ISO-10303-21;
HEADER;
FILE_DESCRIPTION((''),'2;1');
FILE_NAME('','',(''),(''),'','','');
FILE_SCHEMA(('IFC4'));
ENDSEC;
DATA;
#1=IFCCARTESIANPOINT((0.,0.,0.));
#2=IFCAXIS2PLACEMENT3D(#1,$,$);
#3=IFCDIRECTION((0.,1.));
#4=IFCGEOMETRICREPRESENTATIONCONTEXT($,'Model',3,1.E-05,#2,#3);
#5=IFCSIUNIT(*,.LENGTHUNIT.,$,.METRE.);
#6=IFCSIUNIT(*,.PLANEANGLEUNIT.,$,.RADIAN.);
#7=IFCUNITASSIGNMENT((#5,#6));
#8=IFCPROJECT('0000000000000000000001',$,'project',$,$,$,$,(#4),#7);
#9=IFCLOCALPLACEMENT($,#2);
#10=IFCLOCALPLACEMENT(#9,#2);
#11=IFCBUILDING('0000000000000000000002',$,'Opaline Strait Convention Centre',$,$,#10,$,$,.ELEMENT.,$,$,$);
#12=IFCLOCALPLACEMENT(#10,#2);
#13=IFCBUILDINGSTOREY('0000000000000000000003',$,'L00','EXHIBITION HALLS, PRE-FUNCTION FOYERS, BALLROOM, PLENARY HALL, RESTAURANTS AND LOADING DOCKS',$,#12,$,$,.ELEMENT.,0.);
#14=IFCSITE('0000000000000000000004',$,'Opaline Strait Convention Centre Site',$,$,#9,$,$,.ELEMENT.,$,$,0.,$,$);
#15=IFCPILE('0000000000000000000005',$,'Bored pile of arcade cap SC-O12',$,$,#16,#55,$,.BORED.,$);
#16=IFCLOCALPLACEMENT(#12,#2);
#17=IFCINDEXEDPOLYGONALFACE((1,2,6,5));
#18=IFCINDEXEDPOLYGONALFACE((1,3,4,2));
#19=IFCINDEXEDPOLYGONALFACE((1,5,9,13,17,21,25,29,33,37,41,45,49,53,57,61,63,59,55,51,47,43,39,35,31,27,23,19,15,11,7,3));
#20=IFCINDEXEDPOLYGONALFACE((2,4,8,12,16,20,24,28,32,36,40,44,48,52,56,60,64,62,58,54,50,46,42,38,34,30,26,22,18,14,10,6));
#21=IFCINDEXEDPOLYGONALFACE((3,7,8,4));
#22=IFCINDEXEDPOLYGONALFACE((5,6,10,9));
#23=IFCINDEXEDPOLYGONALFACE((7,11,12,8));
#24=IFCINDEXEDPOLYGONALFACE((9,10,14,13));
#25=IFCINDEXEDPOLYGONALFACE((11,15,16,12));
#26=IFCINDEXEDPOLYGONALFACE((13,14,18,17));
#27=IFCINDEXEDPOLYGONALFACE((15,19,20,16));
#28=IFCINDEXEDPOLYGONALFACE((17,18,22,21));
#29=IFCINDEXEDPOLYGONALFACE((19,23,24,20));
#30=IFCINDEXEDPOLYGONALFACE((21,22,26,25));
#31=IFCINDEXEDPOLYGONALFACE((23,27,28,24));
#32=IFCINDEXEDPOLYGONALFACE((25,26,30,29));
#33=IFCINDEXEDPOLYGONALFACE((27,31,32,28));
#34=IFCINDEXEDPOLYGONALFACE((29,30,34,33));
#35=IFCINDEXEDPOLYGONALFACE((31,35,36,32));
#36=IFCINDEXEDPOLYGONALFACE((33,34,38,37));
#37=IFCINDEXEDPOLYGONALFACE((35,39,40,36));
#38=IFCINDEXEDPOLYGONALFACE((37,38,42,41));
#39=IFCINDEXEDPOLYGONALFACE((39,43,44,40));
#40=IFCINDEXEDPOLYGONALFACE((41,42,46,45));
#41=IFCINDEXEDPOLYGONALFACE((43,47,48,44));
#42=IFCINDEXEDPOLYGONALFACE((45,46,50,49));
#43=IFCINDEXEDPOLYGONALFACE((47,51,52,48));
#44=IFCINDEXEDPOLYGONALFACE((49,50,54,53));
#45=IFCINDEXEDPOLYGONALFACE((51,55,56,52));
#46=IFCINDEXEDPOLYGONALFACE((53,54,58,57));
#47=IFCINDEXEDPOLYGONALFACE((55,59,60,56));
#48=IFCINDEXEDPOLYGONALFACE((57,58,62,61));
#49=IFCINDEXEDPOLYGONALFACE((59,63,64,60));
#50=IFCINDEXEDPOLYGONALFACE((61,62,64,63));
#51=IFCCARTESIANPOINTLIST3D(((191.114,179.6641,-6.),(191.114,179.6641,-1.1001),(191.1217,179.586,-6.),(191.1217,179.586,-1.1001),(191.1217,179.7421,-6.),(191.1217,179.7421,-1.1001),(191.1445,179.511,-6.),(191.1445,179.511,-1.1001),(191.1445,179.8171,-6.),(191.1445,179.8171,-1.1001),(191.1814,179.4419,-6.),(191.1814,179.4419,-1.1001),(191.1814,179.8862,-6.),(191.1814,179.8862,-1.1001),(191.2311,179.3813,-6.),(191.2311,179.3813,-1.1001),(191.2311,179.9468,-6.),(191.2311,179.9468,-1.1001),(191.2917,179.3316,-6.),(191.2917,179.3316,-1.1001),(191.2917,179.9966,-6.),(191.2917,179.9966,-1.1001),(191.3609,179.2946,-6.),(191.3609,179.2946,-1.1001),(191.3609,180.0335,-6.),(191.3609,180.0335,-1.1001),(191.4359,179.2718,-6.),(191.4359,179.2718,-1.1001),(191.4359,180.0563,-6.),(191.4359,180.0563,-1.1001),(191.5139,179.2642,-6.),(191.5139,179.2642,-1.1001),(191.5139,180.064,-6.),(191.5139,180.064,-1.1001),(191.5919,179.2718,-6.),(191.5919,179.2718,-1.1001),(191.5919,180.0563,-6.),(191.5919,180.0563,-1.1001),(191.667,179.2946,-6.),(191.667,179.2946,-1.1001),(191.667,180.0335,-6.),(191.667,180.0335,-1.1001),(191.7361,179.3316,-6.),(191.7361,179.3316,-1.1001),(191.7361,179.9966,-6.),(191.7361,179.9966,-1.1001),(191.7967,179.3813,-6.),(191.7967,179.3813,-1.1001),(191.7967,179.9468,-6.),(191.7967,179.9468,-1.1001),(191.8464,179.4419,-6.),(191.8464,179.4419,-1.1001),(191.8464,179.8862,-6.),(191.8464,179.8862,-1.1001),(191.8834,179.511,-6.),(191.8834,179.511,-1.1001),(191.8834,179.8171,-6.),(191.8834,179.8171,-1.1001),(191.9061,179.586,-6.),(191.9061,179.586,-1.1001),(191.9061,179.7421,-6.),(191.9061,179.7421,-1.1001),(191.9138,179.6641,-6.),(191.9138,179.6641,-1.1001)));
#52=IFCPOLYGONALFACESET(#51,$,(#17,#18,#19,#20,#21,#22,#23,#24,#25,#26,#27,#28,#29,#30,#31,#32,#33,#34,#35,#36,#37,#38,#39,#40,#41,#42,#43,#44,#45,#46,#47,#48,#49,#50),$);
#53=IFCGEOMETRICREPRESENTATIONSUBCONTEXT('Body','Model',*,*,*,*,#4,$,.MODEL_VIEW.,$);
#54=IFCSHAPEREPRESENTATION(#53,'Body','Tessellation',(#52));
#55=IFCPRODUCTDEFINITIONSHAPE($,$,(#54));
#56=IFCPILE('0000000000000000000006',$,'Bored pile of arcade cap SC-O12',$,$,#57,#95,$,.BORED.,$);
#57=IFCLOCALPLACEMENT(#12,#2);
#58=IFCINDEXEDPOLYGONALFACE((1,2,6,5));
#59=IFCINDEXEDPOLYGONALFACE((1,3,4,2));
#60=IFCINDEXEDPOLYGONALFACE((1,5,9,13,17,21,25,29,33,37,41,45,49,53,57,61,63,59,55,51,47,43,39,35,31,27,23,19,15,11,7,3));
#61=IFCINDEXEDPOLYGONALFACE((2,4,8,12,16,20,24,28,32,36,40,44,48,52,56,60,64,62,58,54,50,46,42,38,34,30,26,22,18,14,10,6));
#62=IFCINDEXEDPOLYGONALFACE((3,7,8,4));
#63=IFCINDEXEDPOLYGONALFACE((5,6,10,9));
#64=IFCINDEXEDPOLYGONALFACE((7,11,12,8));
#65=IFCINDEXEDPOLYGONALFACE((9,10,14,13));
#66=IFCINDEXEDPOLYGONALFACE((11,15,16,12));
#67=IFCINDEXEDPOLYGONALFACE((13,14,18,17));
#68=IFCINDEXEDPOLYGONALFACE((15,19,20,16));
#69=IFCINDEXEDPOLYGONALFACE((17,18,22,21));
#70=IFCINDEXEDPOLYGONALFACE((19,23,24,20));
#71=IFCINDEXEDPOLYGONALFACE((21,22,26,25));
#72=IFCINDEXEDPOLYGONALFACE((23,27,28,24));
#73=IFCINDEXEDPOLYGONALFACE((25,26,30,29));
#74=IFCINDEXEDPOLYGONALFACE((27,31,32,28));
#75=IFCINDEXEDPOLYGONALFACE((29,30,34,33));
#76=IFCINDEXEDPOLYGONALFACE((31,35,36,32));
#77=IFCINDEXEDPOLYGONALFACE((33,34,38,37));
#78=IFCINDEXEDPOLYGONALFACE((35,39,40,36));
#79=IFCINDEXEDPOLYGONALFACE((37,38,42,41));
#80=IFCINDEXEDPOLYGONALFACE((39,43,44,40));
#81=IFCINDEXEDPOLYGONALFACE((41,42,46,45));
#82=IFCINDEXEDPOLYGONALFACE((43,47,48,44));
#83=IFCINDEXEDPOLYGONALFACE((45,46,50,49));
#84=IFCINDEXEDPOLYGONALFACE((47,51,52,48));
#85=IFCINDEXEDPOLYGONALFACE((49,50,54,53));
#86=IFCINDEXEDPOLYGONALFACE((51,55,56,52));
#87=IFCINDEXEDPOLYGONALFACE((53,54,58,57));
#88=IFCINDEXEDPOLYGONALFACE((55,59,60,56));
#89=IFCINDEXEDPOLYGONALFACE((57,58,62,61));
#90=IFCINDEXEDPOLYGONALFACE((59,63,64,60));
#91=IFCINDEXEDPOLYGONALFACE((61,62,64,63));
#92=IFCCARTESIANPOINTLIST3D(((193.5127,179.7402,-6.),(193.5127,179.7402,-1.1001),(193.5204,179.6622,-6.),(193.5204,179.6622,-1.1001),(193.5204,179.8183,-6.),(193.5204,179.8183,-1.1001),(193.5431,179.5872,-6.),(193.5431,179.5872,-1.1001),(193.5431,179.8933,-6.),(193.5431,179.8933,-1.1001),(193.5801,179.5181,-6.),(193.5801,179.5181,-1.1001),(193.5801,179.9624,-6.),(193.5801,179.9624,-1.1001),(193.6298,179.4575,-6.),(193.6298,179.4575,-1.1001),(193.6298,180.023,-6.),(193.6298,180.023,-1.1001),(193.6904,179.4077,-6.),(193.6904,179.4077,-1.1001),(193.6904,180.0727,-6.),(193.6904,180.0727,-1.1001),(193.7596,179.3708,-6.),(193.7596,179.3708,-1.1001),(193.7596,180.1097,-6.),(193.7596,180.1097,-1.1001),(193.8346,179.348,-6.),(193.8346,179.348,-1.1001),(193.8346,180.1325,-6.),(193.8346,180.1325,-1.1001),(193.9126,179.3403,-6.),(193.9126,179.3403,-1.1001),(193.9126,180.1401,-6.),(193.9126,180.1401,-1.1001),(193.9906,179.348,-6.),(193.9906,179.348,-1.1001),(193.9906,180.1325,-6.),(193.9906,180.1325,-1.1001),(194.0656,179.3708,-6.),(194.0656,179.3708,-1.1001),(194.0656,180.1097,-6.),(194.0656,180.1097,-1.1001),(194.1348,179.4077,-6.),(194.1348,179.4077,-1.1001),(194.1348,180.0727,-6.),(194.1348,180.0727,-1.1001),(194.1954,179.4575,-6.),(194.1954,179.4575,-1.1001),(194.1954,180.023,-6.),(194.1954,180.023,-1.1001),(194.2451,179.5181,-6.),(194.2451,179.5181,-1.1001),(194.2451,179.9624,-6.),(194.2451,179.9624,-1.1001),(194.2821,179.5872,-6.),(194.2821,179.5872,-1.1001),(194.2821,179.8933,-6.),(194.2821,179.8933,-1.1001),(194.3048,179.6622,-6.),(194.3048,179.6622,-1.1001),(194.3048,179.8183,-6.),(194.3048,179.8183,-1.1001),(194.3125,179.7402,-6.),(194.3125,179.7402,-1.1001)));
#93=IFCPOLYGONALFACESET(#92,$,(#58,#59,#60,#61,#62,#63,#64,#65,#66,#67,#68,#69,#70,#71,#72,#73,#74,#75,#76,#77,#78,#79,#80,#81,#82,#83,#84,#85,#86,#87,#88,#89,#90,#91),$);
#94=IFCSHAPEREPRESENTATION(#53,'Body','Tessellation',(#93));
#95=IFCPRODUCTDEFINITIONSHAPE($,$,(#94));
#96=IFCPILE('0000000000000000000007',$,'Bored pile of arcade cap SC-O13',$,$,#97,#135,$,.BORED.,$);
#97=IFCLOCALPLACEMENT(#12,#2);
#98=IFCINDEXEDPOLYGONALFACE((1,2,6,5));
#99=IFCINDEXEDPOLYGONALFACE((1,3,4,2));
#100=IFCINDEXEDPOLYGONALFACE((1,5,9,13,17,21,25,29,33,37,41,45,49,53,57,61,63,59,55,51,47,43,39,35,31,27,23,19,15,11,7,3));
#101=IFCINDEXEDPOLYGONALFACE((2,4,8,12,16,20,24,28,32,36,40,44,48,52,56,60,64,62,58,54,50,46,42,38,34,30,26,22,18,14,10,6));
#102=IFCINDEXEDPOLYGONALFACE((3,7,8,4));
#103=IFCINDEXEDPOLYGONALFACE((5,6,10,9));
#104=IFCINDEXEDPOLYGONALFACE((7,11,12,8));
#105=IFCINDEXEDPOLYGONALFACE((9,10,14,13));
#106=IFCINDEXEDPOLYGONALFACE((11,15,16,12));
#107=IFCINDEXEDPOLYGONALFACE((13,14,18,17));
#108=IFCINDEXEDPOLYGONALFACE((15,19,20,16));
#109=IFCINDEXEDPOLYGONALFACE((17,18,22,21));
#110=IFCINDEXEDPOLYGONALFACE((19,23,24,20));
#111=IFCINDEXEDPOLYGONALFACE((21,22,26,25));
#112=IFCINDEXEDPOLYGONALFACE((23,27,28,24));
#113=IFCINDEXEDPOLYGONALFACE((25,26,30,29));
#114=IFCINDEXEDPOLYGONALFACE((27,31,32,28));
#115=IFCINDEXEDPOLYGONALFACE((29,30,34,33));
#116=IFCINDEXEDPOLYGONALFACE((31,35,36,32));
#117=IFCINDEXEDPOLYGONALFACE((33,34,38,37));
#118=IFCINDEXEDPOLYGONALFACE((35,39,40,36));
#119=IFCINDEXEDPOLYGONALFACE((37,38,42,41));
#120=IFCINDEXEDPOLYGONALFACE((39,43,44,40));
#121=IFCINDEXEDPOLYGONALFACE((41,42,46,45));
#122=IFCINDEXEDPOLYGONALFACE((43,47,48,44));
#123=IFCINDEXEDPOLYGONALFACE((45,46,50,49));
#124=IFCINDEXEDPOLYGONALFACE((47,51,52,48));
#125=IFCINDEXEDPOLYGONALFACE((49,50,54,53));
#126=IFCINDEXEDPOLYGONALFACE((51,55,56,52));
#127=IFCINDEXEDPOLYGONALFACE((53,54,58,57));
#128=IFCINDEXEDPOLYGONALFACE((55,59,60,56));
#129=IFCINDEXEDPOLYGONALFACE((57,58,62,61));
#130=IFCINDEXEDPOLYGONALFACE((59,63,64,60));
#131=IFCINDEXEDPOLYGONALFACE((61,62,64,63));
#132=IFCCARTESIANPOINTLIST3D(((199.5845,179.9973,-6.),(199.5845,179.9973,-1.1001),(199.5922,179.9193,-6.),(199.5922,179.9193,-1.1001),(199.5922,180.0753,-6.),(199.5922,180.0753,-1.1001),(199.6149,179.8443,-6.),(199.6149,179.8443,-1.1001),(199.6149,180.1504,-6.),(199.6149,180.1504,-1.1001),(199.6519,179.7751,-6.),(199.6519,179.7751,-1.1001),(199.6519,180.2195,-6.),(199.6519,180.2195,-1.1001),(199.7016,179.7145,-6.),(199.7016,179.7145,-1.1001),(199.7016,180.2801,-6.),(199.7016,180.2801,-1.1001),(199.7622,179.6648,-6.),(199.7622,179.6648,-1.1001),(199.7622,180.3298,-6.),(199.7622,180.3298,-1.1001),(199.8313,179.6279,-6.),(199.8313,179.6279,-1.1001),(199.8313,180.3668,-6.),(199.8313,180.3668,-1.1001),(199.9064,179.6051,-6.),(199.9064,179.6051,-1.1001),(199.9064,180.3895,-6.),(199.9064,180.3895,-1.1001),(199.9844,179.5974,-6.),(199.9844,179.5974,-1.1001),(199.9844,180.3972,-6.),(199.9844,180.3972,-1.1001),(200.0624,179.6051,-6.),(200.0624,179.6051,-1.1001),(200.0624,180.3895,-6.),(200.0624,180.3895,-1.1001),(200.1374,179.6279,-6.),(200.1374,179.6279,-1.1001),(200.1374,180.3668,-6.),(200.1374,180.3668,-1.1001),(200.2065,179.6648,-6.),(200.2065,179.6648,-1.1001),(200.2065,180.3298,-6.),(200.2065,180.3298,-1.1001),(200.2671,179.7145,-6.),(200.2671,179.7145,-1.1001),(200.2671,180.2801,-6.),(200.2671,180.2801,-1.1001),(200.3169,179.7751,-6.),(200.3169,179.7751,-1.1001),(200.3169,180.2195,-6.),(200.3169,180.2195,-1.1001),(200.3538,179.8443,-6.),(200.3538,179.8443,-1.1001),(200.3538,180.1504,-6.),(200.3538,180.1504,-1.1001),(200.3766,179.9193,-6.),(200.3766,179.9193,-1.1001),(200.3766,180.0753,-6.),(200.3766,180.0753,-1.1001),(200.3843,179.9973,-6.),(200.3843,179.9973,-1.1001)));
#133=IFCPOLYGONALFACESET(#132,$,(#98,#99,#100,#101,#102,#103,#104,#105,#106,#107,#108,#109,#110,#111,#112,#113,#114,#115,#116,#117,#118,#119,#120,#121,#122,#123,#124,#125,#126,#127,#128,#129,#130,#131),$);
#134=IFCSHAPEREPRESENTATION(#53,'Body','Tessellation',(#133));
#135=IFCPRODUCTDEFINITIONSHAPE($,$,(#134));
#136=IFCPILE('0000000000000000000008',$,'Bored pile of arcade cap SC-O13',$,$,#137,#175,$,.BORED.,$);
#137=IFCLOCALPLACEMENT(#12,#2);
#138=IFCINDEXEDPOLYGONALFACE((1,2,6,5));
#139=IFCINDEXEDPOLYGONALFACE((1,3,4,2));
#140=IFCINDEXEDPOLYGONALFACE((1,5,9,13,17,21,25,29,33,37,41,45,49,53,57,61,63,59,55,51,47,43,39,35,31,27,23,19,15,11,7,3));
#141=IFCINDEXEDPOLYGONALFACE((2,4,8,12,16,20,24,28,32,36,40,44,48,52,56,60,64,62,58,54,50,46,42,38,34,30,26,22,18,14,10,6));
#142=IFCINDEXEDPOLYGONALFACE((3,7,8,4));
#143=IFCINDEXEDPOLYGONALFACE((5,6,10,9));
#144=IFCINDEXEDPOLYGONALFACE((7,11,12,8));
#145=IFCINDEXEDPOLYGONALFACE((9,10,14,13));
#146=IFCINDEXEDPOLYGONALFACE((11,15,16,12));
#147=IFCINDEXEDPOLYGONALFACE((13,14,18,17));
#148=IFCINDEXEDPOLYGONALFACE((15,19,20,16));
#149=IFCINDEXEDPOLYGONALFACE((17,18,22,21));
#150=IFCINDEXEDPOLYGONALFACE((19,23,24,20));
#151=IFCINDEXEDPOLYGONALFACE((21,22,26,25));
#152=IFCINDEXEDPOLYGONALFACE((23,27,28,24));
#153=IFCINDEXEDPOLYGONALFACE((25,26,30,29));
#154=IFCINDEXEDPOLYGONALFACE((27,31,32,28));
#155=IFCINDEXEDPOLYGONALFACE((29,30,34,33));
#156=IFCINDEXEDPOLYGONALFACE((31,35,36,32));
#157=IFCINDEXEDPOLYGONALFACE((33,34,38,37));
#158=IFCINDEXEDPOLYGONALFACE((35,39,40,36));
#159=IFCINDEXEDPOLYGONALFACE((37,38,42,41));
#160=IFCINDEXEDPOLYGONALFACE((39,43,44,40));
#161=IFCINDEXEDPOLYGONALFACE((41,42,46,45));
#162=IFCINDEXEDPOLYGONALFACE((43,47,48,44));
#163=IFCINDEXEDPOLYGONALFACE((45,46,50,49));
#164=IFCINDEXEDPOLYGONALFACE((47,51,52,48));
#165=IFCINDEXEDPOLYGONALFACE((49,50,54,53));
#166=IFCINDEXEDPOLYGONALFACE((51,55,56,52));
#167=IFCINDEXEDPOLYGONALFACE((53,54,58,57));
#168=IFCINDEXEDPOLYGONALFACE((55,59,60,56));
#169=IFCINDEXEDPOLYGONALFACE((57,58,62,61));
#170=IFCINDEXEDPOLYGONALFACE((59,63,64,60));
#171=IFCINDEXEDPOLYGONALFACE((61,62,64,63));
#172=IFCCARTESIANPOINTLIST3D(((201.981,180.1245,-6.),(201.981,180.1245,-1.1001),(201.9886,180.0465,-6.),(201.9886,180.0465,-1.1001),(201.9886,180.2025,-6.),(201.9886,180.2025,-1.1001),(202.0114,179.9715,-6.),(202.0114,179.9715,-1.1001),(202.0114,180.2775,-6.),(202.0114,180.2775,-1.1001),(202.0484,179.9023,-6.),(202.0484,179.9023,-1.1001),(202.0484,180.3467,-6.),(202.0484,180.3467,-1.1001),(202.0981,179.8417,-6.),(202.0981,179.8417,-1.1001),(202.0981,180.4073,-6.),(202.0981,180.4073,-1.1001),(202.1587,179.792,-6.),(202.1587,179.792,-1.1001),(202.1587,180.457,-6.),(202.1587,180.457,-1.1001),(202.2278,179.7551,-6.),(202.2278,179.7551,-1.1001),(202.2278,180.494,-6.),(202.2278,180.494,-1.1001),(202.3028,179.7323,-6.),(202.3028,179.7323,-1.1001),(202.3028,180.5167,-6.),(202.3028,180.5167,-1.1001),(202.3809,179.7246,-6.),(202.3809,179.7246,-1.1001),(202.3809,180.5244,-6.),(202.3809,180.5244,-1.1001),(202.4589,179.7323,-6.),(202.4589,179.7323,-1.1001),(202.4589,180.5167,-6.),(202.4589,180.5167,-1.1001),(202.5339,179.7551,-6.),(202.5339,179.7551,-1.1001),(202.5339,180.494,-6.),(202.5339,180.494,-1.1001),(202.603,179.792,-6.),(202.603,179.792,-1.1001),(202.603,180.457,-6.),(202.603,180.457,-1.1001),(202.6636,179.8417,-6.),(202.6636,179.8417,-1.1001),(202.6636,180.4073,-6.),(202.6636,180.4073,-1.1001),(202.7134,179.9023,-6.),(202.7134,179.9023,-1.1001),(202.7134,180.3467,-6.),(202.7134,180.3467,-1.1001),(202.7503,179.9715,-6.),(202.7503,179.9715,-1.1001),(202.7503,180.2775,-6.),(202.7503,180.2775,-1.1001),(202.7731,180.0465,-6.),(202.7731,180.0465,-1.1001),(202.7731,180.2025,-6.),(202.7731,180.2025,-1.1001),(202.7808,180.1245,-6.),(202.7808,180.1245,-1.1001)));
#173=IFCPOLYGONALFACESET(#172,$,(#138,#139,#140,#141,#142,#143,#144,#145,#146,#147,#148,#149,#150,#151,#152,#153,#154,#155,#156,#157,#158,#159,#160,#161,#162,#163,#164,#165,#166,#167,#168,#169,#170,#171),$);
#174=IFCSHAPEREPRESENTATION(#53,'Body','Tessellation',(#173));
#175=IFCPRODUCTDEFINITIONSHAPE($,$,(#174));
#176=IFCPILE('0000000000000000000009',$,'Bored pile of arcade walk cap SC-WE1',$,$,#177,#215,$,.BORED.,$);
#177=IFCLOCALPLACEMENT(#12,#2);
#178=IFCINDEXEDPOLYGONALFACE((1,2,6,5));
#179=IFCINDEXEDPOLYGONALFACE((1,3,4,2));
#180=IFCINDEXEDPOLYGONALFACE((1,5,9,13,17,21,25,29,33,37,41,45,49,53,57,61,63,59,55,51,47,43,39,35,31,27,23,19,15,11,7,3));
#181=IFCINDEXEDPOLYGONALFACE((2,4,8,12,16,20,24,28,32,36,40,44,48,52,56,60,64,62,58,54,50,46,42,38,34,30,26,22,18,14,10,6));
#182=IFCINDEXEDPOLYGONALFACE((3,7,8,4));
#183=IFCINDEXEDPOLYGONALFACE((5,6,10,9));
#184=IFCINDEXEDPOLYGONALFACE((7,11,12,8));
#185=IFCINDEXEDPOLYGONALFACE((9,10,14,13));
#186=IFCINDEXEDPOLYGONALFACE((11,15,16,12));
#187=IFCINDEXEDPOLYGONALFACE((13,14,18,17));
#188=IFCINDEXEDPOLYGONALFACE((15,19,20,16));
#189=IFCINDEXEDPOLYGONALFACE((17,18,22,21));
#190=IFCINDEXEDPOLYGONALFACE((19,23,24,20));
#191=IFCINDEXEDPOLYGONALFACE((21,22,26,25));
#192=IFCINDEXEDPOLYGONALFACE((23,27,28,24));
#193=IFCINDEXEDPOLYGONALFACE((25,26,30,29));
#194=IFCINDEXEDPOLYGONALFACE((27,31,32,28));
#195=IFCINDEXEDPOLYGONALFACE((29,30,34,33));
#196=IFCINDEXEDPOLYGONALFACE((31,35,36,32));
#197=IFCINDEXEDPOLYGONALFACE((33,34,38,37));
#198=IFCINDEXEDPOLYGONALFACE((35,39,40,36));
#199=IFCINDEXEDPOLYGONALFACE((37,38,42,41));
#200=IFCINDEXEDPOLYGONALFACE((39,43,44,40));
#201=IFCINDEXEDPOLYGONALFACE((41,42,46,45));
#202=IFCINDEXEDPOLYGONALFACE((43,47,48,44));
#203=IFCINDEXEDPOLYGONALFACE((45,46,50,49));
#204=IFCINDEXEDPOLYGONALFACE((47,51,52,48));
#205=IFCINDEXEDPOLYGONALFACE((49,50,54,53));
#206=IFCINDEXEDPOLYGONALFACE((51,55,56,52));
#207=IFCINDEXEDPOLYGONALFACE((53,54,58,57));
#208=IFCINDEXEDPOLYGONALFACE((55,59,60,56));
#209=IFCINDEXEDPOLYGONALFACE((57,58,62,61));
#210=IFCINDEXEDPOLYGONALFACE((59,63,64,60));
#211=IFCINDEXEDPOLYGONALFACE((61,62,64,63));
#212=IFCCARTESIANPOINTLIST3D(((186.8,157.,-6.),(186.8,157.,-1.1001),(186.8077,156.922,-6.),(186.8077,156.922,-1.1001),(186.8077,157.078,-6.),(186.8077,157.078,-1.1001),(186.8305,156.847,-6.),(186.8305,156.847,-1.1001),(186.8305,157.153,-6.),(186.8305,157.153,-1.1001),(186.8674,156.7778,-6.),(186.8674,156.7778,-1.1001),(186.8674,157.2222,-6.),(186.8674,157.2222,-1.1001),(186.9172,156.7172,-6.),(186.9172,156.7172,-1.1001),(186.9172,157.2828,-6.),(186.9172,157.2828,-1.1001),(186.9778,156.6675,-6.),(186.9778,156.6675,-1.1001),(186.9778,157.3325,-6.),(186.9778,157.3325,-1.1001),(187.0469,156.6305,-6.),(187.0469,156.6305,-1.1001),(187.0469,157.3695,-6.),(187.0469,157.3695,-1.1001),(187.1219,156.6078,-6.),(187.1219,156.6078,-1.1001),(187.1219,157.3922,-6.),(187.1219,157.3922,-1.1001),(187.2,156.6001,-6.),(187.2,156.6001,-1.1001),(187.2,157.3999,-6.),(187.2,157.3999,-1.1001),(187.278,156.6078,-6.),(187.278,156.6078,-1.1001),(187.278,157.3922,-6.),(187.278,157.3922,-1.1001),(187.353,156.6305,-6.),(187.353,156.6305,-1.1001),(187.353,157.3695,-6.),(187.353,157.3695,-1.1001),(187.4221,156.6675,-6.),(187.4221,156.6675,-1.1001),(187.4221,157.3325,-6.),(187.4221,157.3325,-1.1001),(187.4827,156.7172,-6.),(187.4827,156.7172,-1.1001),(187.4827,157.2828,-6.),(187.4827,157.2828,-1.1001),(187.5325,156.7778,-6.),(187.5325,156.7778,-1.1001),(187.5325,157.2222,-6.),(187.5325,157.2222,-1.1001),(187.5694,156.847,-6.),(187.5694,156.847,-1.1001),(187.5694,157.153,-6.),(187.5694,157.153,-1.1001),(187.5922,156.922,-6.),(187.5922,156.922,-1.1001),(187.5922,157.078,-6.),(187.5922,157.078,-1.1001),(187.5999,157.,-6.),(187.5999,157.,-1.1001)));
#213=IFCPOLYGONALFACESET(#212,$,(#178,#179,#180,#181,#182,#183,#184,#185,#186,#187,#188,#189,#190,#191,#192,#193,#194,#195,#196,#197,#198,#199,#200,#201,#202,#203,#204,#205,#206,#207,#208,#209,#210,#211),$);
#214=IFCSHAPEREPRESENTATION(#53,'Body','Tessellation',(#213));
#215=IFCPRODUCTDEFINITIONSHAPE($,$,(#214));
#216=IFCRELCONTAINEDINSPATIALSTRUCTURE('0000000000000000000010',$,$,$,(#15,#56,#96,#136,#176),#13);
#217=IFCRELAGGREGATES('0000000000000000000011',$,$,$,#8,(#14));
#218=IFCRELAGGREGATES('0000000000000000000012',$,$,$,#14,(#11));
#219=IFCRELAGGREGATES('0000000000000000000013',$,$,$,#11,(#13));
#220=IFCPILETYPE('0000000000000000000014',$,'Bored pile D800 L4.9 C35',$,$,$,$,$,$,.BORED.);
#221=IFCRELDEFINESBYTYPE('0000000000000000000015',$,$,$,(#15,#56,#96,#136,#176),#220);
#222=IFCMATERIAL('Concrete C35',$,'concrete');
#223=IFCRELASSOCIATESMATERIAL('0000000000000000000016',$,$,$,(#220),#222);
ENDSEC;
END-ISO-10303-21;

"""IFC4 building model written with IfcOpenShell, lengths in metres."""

from ifc_helpers import new_model, si_unit, direction, frame, origin, origin_2d, place, context, subcontext, project, spatial, circle, extrude, material, material_profile, profile_set, type_object, element, save


model = new_model("IFC4")

# Units and contexts
model_context = context("Model", 3, precision=1e-05, world=origin(), true_north=direction((0.0, 1.0)))
body_context = subcontext(model_context, "Body", "Model", "MODEL_VIEW")
ifc_project = project(units=[si_unit("LENGTHUNIT", "METRE"), si_unit("PLANEANGLEUNIT", "RADIAN")], contexts=[model_context])

# Site, building, storey
site_placement = place(None, origin())
site = spatial("IfcSite", under=ifc_project, at=site_placement, Name="Opaline Strait Convention Centre Site", CompositionType="ELEMENT", RefElevation=0.0)
building_placement = place(site_placement, origin())
building = spatial("IfcBuilding", under=site, at=building_placement, Name="Opaline Strait Convention Centre", CompositionType="ELEMENT")
storey_placement = place(building_placement, origin())
storey = spatial("IfcBuildingStorey", under=building, at=storey_placement, Name="L00", Description="EXHIBITION HALLS, PRE-FUNCTION FOYERS, BALLROOM, PLENARY HALL, RESTAURANTS AND LOADING DOCKS", CompositionType="ELEMENT", Elevation=0.0)

# Piles
ifc_material_1 = material(Name="Concrete C35", Category="concrete")
ifc_material_profile_1 = material_profile(ifc_material_1, circle(Radius=0.3999, at=origin_2d()), Name="D800")
ifc_profile_set_1 = profile_set([ifc_material_profile_1], Name="Concrete C35")
pile_type = type_object("IfcPileType", Name="Bored pile D800 L4.9 C35", PredefinedType="BORED", material=ifc_profile_set_1)
for number, where, z_axis, x_axis, name in (
    (1, (191.5139, 179.6641, -1.1001), (0.0, 0.0, -1.0), (1.0, 0.0, 0.0), "Bored pile of arcade cap SC-O12"),
    (2, (193.9126, 179.7402, -1.1001), (0.0, 0.0, -1.0), (1.0, 0.0, 0.0), "Bored pile of arcade cap SC-O12"),
    (3, (199.9844, 179.9973, -1.1001), (0.0, 0.0, -1.0), (1.0, 0.0, 0.0), "Bored pile of arcade cap SC-O13"),
    (4, (202.3809, 180.1245, -1.1001), (0.0, 0.0, -1.0), (1.0, 0.0, 0.0), "Bored pile of arcade cap SC-O13"),
    (5, (187.2, 157.0, -1.1001), (0.0, 0.0, -1.0), (1.0, 0.0, 0.0), "Bored pile of arcade walk cap SC-WE1"),
):
    element("IfcPile", number, at=place(storey_placement, frame(where, z_axis=z_axis, x_axis=x_axis)), inside=storey, type_object=pile_type, Name=name, PredefinedType="BORED", context=body_context, shape_type="SweptSolid", body=[
        extrude(circle(Radius=0.3999, at=origin_2d()), origin(), (0.0, 0.0, 1.0), 4.8999),
    ])

save(model, "model.ifc")
